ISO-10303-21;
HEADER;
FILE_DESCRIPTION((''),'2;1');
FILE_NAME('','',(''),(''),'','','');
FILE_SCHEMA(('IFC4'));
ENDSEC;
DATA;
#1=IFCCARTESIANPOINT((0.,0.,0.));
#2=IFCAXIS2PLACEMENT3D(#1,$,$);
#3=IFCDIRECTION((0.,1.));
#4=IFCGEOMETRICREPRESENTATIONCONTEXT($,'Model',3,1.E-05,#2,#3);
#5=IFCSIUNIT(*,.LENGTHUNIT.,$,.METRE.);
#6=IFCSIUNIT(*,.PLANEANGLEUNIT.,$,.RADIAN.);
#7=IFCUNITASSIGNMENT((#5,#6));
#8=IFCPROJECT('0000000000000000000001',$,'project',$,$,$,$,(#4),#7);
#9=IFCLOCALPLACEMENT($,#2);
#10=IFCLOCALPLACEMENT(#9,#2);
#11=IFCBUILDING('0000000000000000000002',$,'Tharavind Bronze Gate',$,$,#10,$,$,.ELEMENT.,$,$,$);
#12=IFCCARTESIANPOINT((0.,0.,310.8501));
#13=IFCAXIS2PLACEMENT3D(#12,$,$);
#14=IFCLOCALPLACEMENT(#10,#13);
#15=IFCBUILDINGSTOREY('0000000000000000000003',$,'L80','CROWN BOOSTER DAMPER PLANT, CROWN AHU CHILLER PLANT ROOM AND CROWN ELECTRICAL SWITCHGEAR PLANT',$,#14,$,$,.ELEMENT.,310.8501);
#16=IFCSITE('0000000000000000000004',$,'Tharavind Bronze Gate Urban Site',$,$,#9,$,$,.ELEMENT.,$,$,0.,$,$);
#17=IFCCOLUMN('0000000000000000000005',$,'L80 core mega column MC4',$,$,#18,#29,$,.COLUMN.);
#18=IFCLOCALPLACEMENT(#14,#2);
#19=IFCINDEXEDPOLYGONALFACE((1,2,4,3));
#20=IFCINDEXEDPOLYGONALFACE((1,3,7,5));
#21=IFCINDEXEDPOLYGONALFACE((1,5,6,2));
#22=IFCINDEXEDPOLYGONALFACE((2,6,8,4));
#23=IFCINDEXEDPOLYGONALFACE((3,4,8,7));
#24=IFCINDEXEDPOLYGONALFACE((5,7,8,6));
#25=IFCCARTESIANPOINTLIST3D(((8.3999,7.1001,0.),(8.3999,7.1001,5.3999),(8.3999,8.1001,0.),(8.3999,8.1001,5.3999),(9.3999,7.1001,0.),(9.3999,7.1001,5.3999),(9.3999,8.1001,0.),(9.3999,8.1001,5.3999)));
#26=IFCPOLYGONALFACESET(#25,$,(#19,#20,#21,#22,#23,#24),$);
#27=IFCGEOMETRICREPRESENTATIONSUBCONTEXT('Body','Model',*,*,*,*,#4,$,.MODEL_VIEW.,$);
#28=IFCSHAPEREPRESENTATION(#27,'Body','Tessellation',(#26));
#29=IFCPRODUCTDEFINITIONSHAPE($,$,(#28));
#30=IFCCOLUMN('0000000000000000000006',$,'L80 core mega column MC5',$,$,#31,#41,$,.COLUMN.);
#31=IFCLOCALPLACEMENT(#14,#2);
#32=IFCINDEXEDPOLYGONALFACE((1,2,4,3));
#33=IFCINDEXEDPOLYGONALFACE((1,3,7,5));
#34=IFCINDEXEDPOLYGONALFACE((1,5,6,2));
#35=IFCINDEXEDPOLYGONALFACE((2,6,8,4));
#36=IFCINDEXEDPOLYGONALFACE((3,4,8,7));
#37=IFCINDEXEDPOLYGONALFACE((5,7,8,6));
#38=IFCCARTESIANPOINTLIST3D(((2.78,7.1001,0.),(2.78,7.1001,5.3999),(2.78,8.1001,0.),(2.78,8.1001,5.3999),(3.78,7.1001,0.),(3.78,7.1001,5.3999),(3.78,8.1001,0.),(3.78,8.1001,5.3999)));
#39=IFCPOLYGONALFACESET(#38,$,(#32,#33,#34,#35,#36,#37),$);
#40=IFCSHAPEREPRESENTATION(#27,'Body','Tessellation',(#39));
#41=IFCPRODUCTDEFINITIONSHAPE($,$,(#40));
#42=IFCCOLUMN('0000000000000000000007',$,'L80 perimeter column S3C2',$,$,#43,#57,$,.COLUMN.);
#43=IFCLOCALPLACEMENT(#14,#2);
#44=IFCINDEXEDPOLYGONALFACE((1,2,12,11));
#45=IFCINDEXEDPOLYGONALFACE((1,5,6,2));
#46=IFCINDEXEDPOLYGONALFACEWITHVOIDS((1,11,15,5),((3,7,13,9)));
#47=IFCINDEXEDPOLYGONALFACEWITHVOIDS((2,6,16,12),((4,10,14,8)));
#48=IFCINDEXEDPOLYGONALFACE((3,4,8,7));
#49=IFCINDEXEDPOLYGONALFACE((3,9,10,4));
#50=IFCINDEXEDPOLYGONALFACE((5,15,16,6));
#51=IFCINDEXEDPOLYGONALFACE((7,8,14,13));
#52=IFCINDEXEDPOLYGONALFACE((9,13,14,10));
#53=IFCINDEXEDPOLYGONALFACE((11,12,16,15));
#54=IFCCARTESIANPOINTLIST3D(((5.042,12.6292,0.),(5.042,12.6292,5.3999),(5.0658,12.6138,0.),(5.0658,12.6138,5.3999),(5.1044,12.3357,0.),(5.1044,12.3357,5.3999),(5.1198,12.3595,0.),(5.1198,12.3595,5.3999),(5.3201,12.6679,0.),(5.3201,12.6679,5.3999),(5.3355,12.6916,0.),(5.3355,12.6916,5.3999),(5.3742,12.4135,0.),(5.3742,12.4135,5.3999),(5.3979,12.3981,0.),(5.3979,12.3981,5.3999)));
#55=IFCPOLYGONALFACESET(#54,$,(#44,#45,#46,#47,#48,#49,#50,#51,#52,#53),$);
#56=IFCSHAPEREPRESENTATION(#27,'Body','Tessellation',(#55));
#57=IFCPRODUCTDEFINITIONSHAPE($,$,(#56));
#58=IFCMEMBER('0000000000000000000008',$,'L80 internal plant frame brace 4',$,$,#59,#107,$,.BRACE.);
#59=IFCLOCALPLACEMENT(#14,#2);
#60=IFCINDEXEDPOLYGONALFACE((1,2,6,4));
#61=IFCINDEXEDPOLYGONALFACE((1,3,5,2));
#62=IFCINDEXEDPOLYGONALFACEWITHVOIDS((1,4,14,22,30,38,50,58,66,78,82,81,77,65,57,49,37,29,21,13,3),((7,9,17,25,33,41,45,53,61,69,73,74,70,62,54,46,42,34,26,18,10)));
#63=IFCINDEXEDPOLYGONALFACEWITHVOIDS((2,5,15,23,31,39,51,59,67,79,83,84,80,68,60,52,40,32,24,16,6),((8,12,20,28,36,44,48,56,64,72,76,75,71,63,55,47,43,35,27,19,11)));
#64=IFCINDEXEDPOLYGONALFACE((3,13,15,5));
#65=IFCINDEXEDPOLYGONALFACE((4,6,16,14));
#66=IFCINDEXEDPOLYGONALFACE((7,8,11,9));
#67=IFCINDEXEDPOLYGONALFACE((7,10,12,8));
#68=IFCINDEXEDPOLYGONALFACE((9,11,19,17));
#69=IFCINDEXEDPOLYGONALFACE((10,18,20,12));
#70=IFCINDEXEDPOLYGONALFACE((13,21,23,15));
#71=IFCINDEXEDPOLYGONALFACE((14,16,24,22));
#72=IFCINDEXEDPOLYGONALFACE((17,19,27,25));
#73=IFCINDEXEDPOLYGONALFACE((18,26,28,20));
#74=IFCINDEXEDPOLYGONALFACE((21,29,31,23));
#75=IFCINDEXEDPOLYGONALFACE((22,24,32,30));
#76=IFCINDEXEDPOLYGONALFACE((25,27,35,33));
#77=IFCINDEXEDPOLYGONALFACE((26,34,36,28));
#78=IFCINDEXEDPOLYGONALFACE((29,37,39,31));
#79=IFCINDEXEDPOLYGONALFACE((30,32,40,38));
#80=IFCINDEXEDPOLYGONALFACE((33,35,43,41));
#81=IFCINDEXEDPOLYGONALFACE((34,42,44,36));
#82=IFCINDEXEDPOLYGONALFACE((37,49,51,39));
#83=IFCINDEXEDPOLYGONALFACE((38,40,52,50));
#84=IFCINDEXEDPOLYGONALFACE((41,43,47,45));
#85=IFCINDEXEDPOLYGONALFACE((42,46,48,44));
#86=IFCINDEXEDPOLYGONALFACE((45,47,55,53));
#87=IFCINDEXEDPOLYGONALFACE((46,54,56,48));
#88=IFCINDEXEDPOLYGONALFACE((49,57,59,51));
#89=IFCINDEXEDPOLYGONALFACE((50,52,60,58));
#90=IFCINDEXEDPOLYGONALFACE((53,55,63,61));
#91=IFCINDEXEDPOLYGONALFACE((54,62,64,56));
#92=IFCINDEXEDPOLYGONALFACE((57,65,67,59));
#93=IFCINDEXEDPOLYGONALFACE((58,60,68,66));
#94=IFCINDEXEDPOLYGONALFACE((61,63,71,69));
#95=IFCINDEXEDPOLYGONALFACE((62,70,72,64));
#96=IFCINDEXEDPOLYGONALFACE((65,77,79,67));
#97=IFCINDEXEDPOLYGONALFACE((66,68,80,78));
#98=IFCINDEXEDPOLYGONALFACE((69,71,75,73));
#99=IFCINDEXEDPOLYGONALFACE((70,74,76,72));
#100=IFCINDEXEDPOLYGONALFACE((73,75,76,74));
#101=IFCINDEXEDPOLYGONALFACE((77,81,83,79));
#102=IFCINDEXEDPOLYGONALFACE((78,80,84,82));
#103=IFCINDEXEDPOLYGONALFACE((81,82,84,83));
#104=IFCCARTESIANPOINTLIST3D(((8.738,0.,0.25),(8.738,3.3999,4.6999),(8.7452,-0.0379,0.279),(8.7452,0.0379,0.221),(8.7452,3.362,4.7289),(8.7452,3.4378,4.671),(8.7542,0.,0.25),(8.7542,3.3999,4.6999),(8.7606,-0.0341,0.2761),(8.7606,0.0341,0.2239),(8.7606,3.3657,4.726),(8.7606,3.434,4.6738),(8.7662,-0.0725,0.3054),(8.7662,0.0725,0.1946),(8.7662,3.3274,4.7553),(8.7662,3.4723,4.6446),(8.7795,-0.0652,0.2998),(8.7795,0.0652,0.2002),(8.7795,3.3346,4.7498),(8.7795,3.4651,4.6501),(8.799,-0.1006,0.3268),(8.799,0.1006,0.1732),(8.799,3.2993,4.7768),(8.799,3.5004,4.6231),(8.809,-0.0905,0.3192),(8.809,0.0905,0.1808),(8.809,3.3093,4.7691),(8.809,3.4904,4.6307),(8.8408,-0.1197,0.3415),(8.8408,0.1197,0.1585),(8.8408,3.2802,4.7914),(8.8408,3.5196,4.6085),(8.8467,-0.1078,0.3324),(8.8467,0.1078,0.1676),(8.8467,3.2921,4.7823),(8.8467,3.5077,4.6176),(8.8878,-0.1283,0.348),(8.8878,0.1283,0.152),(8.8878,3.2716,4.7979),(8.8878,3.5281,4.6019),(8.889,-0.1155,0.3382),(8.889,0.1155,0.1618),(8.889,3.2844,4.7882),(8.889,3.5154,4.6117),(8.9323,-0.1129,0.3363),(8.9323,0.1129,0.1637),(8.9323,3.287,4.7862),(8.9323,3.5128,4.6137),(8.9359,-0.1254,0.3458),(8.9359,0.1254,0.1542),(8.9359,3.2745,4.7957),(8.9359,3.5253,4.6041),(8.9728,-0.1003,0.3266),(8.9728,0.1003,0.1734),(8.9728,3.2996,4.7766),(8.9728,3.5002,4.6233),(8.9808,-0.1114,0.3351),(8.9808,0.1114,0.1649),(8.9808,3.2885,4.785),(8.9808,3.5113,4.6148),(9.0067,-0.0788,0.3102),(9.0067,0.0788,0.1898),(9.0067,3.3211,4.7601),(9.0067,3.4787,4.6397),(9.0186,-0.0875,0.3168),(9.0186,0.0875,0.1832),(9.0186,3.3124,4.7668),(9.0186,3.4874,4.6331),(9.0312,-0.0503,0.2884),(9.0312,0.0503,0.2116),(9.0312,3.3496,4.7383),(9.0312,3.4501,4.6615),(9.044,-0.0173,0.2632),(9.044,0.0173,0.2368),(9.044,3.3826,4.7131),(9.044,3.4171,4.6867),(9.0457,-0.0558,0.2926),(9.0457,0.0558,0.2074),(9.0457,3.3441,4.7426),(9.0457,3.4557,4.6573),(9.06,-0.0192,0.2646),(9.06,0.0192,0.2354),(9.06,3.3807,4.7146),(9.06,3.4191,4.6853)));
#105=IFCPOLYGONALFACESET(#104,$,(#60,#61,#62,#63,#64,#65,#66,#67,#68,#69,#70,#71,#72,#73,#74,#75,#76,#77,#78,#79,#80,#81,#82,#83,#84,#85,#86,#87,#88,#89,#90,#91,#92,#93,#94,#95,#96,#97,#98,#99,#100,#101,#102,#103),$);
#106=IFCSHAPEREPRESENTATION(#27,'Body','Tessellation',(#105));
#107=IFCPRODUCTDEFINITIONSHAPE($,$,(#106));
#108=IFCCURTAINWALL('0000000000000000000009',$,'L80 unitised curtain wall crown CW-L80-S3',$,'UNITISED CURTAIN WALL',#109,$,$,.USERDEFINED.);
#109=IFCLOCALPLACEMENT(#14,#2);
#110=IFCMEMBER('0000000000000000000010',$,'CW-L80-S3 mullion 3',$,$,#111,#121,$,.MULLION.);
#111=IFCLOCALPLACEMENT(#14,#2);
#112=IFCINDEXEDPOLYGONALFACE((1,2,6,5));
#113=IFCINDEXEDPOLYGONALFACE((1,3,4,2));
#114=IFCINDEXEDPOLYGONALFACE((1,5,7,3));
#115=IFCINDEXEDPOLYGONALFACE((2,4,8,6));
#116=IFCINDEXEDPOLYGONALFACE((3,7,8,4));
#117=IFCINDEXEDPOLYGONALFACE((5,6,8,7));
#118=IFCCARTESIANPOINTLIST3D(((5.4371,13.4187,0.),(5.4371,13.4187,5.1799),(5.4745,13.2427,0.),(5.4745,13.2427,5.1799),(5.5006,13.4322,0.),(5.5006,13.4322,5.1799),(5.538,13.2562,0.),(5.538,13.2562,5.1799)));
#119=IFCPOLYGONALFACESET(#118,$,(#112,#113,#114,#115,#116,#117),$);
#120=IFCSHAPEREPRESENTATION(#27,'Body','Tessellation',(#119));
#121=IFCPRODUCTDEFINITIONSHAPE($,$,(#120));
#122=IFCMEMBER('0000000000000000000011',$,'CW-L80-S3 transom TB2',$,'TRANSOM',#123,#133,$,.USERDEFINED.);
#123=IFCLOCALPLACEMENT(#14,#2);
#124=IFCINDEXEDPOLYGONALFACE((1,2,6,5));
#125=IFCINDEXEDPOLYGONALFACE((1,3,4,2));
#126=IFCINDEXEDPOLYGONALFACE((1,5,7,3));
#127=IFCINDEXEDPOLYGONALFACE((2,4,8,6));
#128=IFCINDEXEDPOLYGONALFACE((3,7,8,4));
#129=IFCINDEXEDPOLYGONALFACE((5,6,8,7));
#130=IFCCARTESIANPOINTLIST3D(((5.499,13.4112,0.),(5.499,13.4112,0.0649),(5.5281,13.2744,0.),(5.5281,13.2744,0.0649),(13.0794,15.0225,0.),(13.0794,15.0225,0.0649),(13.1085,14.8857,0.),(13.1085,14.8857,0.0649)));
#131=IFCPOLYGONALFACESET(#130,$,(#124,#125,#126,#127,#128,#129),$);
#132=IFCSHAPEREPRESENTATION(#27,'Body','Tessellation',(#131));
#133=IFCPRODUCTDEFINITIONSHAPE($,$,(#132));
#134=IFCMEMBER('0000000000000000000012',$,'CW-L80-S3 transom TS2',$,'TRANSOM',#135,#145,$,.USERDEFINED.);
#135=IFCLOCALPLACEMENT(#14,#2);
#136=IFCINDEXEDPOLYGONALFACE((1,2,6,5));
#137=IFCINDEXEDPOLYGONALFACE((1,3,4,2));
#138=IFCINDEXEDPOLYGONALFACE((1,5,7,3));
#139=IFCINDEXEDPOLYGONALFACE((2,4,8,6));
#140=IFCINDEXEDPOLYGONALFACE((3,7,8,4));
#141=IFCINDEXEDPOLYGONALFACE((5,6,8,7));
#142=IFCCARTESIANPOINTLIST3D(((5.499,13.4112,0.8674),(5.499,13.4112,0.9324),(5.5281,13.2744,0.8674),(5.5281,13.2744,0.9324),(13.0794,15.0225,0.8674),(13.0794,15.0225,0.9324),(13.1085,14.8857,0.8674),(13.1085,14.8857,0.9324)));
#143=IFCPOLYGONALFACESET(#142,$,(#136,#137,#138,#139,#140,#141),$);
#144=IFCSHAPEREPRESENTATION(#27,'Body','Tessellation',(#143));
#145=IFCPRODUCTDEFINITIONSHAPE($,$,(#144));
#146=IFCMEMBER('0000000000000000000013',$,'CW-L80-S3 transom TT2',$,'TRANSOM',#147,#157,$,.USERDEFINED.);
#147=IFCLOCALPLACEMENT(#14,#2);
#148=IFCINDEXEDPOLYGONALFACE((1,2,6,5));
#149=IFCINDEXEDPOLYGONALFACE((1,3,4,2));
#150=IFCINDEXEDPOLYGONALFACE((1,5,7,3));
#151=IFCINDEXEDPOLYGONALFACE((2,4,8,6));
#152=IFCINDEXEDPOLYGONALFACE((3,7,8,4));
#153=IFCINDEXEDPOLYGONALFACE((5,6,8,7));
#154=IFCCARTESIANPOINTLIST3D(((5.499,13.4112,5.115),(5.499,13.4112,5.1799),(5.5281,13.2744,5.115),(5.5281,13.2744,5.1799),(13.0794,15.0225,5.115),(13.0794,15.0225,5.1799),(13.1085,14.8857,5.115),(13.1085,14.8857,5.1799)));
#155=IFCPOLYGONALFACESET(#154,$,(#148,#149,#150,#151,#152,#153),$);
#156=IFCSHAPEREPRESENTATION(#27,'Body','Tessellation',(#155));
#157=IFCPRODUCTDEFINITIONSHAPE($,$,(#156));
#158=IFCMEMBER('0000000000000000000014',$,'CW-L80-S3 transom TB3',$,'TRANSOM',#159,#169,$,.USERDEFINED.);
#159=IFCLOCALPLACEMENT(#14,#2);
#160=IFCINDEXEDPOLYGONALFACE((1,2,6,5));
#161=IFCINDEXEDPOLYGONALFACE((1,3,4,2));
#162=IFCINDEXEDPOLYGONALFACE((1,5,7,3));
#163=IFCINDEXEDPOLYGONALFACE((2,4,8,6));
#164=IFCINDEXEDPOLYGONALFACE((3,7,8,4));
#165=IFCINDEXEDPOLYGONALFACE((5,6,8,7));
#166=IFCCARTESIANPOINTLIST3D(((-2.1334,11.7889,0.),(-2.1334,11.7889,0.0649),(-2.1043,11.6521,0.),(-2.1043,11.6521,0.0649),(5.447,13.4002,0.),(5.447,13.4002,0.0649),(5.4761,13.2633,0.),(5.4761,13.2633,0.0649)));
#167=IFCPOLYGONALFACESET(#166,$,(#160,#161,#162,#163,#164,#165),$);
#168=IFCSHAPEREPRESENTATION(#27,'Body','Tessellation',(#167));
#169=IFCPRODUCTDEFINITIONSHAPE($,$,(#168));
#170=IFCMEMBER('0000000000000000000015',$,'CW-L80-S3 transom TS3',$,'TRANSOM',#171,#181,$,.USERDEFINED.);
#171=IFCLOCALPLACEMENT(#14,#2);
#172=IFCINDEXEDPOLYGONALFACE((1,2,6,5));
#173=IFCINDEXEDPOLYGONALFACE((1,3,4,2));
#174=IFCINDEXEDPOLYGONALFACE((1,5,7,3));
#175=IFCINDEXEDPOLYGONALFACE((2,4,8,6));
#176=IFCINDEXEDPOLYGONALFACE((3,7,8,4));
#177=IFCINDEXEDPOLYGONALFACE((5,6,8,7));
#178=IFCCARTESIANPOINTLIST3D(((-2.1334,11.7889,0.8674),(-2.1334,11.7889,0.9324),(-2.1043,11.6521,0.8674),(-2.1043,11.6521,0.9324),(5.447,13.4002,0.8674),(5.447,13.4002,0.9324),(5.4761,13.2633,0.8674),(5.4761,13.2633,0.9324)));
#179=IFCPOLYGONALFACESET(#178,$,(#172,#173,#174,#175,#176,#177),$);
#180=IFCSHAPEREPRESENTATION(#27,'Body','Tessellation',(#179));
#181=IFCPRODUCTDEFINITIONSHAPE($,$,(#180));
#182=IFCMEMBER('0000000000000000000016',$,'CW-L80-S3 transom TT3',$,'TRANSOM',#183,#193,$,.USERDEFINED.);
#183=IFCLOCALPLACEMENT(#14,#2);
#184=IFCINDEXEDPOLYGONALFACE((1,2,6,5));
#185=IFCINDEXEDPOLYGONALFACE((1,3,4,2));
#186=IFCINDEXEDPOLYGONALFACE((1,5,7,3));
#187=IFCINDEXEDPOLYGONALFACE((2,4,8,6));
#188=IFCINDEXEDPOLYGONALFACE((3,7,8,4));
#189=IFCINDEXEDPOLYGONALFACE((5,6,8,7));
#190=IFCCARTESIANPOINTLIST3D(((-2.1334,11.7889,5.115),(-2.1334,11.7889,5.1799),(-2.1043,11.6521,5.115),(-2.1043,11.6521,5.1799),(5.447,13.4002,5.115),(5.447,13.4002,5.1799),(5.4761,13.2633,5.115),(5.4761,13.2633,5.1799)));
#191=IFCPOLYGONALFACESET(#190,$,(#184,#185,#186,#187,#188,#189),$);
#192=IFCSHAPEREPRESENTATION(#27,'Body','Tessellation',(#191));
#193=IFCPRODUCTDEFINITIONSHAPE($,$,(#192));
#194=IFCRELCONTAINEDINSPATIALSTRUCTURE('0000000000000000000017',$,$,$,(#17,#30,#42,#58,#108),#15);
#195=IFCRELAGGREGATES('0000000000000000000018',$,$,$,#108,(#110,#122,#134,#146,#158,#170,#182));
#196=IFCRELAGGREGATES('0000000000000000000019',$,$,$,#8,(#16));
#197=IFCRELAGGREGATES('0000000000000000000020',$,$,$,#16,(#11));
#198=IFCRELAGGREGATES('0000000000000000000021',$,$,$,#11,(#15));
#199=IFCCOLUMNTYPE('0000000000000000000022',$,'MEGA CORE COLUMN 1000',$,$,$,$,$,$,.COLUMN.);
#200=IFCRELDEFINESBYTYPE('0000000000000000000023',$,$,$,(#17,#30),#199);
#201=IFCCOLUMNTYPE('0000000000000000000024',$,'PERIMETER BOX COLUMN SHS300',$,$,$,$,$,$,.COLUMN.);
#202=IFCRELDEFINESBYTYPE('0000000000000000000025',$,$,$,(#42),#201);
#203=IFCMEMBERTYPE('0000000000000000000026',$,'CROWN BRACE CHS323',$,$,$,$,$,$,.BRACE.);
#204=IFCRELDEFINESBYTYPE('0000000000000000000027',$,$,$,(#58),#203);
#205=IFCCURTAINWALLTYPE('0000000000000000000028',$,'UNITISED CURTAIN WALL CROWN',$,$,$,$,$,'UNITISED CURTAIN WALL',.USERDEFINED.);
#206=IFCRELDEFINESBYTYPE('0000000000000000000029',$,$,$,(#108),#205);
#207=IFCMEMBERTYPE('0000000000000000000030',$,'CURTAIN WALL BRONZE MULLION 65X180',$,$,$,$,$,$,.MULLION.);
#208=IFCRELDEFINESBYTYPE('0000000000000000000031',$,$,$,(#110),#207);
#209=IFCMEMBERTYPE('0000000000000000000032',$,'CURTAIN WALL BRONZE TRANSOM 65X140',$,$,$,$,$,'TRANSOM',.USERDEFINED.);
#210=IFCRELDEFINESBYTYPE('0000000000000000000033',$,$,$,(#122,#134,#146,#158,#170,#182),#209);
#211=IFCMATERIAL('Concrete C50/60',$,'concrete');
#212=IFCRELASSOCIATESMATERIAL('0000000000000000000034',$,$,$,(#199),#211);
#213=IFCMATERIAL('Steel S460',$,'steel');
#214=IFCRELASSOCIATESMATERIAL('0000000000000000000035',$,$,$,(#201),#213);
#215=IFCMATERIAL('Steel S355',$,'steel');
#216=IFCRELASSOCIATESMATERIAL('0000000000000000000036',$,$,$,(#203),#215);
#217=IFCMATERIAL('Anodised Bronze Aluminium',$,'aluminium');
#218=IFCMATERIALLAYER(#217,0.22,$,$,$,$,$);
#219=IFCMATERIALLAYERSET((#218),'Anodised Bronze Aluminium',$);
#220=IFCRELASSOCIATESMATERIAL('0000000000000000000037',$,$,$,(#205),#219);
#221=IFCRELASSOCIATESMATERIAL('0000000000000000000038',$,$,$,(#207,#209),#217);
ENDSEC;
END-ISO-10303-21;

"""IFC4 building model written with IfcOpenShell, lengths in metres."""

from ifc_helpers import new_model, si_unit, direction, frame, origin, origin_2d, place, context, subcontext, project, spatial, rectangle, hollow_rectangle, hollow_circle, extrude, material, layer, layer_set, material_profile, profile_set, type_object, element, aggregate, save


model = new_model("IFC4")

# Units and contexts
model_context = context("Model", 3, precision=1e-05, world=origin(), true_north=direction((0.0, 1.0)))
body_context = subcontext(model_context, "Body", "Model", "MODEL_VIEW")
ifc_project = project(units=[si_unit("LENGTHUNIT", "METRE"), si_unit("PLANEANGLEUNIT", "RADIAN")], contexts=[model_context])

# Site, building, storey
site_placement = place(None, origin())
site = spatial("IfcSite", under=ifc_project, at=site_placement, Name="Tharavind Bronze Gate Urban Site", CompositionType="ELEMENT", RefElevation=0.0)
building_placement = place(site_placement, origin())
building = spatial("IfcBuilding", under=site, at=building_placement, Name="Tharavind Bronze Gate", CompositionType="ELEMENT")
storey_placement = place(building_placement, frame((0.0, 0.0, 310.8501)))
storey = spatial("IfcBuildingStorey", under=building, at=storey_placement, Name="L80", Description="CROWN BOOSTER DAMPER PLANT, CROWN AHU CHILLER PLANT ROOM AND CROWN ELECTRICAL SWITCHGEAR PLANT", CompositionType="ELEMENT", Elevation=310.8501)

# Columns
ifc_material_1 = material(Name="Concrete C50/60", Category="concrete")
ifc_material_profile_1 = material_profile(ifc_material_1, rectangle(XDim=1.0, YDim=1.0, at=origin_2d()), Name="RCCOL1000")
ifc_profile_set_1 = profile_set([ifc_material_profile_1], Name="Concrete C50/60")
column_type_1 = type_object("IfcColumnType", Name="MEGA CORE COLUMN 1000", PredefinedType="COLUMN", material=ifc_profile_set_1)
for number, where, z_axis, x_axis, name in (
    (1, (8.8999, 7.6001, 0.0), (0.0, 0.0, 1.0), (1.0, 0.0, 0.0), "L80 core mega column MC4"),
    (2, (3.28, 7.6001, 0.0), (0.0, 0.0, 1.0), (1.0, 0.0, 0.0), "L80 core mega column MC5"),
):
    element("IfcColumn", number, at=place(storey_placement, frame(where, z_axis=z_axis, x_axis=x_axis)), inside=storey, type_object=column_type_1, Name=name, PredefinedType="COLUMN", context=body_context, shape_type="SweptSolid", body=[
        extrude(rectangle(XDim=1.0, YDim=1.0, at=origin_2d()), origin(), (0.0, 0.0, 1.0), 5.3999),
    ])
ifc_material_2 = material(Name="Steel S460", Category="steel")
ifc_material_profile_2 = material_profile(ifc_material_2, hollow_rectangle(XDim=0.3, YDim=0.3, WallThickness=0.02, at=origin_2d()), Name="SHS300X20")
ifc_profile_set_2 = profile_set([ifc_material_profile_2], Name="Steel S460")
column_type_2 = type_object("IfcColumnType", Name="PERIMETER BOX COLUMN SHS300", PredefinedType="COLUMN", material=ifc_profile_set_2)
column_placement = place(storey_placement, frame((5.22, 12.5137, 0.0), z_axis=(0.0, 0.0, 1.0), x_axis=(0.978147, 0.207913, 0.0)))
element("IfcColumn", 3, at=column_placement, inside=storey, type_object=column_type_2, Name="L80 perimeter column S3C2", PredefinedType="COLUMN", context=body_context, shape_type="SweptSolid", body=[
    extrude(hollow_rectangle(XDim=0.3, YDim=0.3, WallThickness=0.02, at=origin_2d()), origin(), (0.0, 0.0, 1.0), 5.3999),
])

# Member
ifc_material_3 = material(Name="Steel S355", Category="steel")
ifc_material_profile_3 = material_profile(ifc_material_3, hollow_circle(Radius=0.1619, WallThickness=0.0161, at=origin_2d()), Name="CHS323X16")
ifc_profile_set_3 = profile_set([ifc_material_profile_3], Name="Steel S355")
member_type_1 = type_object("IfcMemberType", Name="CROWN BRACE CHS323", PredefinedType="BRACE", material=ifc_profile_set_3)
member_1_placement = place(storey_placement, frame((8.8999, 0.0, 0.25), z_axis=(0.0, 0.607112, 0.794616), x_axis=(-1.0, 0.0, 0.0)))
element("IfcMember", 4, at=member_1_placement, inside=storey, type_object=member_type_1, Name="L80 internal plant frame brace 4", PredefinedType="BRACE", context=body_context, shape_type="SweptSolid", body=[
    extrude(hollow_circle(Radius=0.1619, WallThickness=0.0161, at=origin_2d()), origin(), (0.0, 0.0, 1.0), 5.6001),
])

# Curtain wall, members
ifc_material_4 = material(Name="Anodised Bronze Aluminium", Category="aluminium")
ifc_layer_1 = layer(ifc_material_4, 0.22)
ifc_layer_set_1 = layer_set([ifc_layer_1], Name="Anodised Bronze Aluminium")
curtain_wall_type = type_object("IfcCurtainWallType", Name="UNITISED CURTAIN WALL CROWN", ElementType="UNITISED CURTAIN WALL", PredefinedType="USERDEFINED", material=ifc_layer_set_1)
curtain_wall_placement = place(storey_placement, origin())
curtain_wall = element("IfcCurtainWall", 5, at=curtain_wall_placement, inside=storey, type_object=curtain_wall_type, Name="L80 unitised curtain wall crown CW-L80-S3", ObjectType="UNITISED CURTAIN WALL", PredefinedType="USERDEFINED")
member_type_2 = type_object("IfcMemberType", Name="CURTAIN WALL BRONZE MULLION 65X180", PredefinedType="MULLION", material=ifc_material_4)
member_2_placement = place(storey_placement, frame((5.4875, 13.3374, 0.0), z_axis=(0.0, 0.0, 1.0), x_axis=(-0.978147, -0.207913, 0.0)))
member_2 = element("IfcMember", 6, at=member_2_placement, type_object=member_type_2, Name="CW-L80-S3 mullion 3", PredefinedType="MULLION", context=body_context, shape_type="SweptSolid", body=[
    extrude(rectangle(XDim=0.0649, YDim=0.1799, at=origin_2d()), origin(), (0.0, 0.0, 1.0), 5.1799),
])
member_type_3 = type_object("IfcMemberType", Name="CURTAIN WALL BRONZE TRANSOM 65X140", ElementType="TRANSOM", PredefinedType="USERDEFINED", material=ifc_material_4)
member_3_placement = place(storey_placement, frame((9.3037, 14.1484, 0.0), z_axis=(0.0, 0.0, 1.0), x_axis=(-0.978147, -0.207913, 0.0)))
member_3 = element("IfcMember", 7, at=member_3_placement, type_object=member_type_3, Name="CW-L80-S3 transom TB2", ObjectType="TRANSOM", PredefinedType="USERDEFINED", context=body_context, shape_type="SweptSolid", body=[
    extrude(rectangle(XDim=7.7498, YDim=0.1399, at=origin_2d()), origin(), (0.0, 0.0, 1.0), 0.0649),
])
member_4_placement = place(storey_placement, frame((9.3037, 14.1484, 0.8674), z_axis=(0.0, 0.0, 1.0), x_axis=(-0.978147, -0.207913, 0.0)))
member_4 = element("IfcMember", 8, at=member_4_placement, type_object=member_type_3, Name="CW-L80-S3 transom TS2", ObjectType="TRANSOM", PredefinedType="USERDEFINED", context=body_context, shape_type="SweptSolid", body=[
    extrude(rectangle(XDim=7.7498, YDim=0.1399, at=origin_2d()), origin(), (0.0, 0.0, 1.0), 0.0649),
])
member_5_placement = place(storey_placement, frame((9.3037, 14.1484, 5.115), z_axis=(0.0, 0.0, 1.0), x_axis=(-0.978147, -0.207913, 0.0)))
member_5 = element("IfcMember", 9, at=member_5_placement, type_object=member_type_3, Name="CW-L80-S3 transom TT2", ObjectType="TRANSOM", PredefinedType="USERDEFINED", context=body_context, shape_type="SweptSolid", body=[
    extrude(rectangle(XDim=7.7498, YDim=0.1399, at=origin_2d()), origin(), (0.0, 0.0, 1.0), 0.0649),
])
member_6_placement = place(storey_placement, frame((1.6714, 12.5261, 0.0), z_axis=(0.0, 0.0, 1.0), x_axis=(-0.978147, -0.207913, 0.0)))
member_6 = element("IfcMember", 10, at=member_6_placement, type_object=member_type_3, Name="CW-L80-S3 transom TB3", ObjectType="TRANSOM", PredefinedType="USERDEFINED", context=body_context, shape_type="SweptSolid", body=[
    extrude(rectangle(XDim=7.7498, YDim=0.1399, at=origin_2d()), origin(), (0.0, 0.0, 1.0), 0.0649),
])
member_7_placement = place(storey_placement, frame((1.6714, 12.5261, 0.8674), z_axis=(0.0, 0.0, 1.0), x_axis=(-0.978147, -0.207913, 0.0)))
member_7 = element("IfcMember", 11, at=member_7_placement, type_object=member_type_3, Name="CW-L80-S3 transom TS3", ObjectType="TRANSOM", PredefinedType="USERDEFINED", context=body_context, shape_type="SweptSolid", body=[
    extrude(rectangle(XDim=7.7498, YDim=0.1399, at=origin_2d()), origin(), (0.0, 0.0, 1.0), 0.0649),
])
member_8_placement = place(storey_placement, frame((1.6714, 12.5261, 5.115), z_axis=(0.0, 0.0, 1.0), x_axis=(-0.978147, -0.207913, 0.0)))
member_8 = element("IfcMember", 12, at=member_8_placement, type_object=member_type_3, Name="CW-L80-S3 transom TT3", ObjectType="TRANSOM", PredefinedType="USERDEFINED", context=body_context, shape_type="SweptSolid", body=[
    extrude(rectangle(XDim=7.7498, YDim=0.1399, at=origin_2d()), origin(), (0.0, 0.0, 1.0), 0.0649),
])

aggregate(curtain_wall, [member_2, member_3, member_4, member_5, member_6, member_7, member_8])

save(model, "model.ifc")
